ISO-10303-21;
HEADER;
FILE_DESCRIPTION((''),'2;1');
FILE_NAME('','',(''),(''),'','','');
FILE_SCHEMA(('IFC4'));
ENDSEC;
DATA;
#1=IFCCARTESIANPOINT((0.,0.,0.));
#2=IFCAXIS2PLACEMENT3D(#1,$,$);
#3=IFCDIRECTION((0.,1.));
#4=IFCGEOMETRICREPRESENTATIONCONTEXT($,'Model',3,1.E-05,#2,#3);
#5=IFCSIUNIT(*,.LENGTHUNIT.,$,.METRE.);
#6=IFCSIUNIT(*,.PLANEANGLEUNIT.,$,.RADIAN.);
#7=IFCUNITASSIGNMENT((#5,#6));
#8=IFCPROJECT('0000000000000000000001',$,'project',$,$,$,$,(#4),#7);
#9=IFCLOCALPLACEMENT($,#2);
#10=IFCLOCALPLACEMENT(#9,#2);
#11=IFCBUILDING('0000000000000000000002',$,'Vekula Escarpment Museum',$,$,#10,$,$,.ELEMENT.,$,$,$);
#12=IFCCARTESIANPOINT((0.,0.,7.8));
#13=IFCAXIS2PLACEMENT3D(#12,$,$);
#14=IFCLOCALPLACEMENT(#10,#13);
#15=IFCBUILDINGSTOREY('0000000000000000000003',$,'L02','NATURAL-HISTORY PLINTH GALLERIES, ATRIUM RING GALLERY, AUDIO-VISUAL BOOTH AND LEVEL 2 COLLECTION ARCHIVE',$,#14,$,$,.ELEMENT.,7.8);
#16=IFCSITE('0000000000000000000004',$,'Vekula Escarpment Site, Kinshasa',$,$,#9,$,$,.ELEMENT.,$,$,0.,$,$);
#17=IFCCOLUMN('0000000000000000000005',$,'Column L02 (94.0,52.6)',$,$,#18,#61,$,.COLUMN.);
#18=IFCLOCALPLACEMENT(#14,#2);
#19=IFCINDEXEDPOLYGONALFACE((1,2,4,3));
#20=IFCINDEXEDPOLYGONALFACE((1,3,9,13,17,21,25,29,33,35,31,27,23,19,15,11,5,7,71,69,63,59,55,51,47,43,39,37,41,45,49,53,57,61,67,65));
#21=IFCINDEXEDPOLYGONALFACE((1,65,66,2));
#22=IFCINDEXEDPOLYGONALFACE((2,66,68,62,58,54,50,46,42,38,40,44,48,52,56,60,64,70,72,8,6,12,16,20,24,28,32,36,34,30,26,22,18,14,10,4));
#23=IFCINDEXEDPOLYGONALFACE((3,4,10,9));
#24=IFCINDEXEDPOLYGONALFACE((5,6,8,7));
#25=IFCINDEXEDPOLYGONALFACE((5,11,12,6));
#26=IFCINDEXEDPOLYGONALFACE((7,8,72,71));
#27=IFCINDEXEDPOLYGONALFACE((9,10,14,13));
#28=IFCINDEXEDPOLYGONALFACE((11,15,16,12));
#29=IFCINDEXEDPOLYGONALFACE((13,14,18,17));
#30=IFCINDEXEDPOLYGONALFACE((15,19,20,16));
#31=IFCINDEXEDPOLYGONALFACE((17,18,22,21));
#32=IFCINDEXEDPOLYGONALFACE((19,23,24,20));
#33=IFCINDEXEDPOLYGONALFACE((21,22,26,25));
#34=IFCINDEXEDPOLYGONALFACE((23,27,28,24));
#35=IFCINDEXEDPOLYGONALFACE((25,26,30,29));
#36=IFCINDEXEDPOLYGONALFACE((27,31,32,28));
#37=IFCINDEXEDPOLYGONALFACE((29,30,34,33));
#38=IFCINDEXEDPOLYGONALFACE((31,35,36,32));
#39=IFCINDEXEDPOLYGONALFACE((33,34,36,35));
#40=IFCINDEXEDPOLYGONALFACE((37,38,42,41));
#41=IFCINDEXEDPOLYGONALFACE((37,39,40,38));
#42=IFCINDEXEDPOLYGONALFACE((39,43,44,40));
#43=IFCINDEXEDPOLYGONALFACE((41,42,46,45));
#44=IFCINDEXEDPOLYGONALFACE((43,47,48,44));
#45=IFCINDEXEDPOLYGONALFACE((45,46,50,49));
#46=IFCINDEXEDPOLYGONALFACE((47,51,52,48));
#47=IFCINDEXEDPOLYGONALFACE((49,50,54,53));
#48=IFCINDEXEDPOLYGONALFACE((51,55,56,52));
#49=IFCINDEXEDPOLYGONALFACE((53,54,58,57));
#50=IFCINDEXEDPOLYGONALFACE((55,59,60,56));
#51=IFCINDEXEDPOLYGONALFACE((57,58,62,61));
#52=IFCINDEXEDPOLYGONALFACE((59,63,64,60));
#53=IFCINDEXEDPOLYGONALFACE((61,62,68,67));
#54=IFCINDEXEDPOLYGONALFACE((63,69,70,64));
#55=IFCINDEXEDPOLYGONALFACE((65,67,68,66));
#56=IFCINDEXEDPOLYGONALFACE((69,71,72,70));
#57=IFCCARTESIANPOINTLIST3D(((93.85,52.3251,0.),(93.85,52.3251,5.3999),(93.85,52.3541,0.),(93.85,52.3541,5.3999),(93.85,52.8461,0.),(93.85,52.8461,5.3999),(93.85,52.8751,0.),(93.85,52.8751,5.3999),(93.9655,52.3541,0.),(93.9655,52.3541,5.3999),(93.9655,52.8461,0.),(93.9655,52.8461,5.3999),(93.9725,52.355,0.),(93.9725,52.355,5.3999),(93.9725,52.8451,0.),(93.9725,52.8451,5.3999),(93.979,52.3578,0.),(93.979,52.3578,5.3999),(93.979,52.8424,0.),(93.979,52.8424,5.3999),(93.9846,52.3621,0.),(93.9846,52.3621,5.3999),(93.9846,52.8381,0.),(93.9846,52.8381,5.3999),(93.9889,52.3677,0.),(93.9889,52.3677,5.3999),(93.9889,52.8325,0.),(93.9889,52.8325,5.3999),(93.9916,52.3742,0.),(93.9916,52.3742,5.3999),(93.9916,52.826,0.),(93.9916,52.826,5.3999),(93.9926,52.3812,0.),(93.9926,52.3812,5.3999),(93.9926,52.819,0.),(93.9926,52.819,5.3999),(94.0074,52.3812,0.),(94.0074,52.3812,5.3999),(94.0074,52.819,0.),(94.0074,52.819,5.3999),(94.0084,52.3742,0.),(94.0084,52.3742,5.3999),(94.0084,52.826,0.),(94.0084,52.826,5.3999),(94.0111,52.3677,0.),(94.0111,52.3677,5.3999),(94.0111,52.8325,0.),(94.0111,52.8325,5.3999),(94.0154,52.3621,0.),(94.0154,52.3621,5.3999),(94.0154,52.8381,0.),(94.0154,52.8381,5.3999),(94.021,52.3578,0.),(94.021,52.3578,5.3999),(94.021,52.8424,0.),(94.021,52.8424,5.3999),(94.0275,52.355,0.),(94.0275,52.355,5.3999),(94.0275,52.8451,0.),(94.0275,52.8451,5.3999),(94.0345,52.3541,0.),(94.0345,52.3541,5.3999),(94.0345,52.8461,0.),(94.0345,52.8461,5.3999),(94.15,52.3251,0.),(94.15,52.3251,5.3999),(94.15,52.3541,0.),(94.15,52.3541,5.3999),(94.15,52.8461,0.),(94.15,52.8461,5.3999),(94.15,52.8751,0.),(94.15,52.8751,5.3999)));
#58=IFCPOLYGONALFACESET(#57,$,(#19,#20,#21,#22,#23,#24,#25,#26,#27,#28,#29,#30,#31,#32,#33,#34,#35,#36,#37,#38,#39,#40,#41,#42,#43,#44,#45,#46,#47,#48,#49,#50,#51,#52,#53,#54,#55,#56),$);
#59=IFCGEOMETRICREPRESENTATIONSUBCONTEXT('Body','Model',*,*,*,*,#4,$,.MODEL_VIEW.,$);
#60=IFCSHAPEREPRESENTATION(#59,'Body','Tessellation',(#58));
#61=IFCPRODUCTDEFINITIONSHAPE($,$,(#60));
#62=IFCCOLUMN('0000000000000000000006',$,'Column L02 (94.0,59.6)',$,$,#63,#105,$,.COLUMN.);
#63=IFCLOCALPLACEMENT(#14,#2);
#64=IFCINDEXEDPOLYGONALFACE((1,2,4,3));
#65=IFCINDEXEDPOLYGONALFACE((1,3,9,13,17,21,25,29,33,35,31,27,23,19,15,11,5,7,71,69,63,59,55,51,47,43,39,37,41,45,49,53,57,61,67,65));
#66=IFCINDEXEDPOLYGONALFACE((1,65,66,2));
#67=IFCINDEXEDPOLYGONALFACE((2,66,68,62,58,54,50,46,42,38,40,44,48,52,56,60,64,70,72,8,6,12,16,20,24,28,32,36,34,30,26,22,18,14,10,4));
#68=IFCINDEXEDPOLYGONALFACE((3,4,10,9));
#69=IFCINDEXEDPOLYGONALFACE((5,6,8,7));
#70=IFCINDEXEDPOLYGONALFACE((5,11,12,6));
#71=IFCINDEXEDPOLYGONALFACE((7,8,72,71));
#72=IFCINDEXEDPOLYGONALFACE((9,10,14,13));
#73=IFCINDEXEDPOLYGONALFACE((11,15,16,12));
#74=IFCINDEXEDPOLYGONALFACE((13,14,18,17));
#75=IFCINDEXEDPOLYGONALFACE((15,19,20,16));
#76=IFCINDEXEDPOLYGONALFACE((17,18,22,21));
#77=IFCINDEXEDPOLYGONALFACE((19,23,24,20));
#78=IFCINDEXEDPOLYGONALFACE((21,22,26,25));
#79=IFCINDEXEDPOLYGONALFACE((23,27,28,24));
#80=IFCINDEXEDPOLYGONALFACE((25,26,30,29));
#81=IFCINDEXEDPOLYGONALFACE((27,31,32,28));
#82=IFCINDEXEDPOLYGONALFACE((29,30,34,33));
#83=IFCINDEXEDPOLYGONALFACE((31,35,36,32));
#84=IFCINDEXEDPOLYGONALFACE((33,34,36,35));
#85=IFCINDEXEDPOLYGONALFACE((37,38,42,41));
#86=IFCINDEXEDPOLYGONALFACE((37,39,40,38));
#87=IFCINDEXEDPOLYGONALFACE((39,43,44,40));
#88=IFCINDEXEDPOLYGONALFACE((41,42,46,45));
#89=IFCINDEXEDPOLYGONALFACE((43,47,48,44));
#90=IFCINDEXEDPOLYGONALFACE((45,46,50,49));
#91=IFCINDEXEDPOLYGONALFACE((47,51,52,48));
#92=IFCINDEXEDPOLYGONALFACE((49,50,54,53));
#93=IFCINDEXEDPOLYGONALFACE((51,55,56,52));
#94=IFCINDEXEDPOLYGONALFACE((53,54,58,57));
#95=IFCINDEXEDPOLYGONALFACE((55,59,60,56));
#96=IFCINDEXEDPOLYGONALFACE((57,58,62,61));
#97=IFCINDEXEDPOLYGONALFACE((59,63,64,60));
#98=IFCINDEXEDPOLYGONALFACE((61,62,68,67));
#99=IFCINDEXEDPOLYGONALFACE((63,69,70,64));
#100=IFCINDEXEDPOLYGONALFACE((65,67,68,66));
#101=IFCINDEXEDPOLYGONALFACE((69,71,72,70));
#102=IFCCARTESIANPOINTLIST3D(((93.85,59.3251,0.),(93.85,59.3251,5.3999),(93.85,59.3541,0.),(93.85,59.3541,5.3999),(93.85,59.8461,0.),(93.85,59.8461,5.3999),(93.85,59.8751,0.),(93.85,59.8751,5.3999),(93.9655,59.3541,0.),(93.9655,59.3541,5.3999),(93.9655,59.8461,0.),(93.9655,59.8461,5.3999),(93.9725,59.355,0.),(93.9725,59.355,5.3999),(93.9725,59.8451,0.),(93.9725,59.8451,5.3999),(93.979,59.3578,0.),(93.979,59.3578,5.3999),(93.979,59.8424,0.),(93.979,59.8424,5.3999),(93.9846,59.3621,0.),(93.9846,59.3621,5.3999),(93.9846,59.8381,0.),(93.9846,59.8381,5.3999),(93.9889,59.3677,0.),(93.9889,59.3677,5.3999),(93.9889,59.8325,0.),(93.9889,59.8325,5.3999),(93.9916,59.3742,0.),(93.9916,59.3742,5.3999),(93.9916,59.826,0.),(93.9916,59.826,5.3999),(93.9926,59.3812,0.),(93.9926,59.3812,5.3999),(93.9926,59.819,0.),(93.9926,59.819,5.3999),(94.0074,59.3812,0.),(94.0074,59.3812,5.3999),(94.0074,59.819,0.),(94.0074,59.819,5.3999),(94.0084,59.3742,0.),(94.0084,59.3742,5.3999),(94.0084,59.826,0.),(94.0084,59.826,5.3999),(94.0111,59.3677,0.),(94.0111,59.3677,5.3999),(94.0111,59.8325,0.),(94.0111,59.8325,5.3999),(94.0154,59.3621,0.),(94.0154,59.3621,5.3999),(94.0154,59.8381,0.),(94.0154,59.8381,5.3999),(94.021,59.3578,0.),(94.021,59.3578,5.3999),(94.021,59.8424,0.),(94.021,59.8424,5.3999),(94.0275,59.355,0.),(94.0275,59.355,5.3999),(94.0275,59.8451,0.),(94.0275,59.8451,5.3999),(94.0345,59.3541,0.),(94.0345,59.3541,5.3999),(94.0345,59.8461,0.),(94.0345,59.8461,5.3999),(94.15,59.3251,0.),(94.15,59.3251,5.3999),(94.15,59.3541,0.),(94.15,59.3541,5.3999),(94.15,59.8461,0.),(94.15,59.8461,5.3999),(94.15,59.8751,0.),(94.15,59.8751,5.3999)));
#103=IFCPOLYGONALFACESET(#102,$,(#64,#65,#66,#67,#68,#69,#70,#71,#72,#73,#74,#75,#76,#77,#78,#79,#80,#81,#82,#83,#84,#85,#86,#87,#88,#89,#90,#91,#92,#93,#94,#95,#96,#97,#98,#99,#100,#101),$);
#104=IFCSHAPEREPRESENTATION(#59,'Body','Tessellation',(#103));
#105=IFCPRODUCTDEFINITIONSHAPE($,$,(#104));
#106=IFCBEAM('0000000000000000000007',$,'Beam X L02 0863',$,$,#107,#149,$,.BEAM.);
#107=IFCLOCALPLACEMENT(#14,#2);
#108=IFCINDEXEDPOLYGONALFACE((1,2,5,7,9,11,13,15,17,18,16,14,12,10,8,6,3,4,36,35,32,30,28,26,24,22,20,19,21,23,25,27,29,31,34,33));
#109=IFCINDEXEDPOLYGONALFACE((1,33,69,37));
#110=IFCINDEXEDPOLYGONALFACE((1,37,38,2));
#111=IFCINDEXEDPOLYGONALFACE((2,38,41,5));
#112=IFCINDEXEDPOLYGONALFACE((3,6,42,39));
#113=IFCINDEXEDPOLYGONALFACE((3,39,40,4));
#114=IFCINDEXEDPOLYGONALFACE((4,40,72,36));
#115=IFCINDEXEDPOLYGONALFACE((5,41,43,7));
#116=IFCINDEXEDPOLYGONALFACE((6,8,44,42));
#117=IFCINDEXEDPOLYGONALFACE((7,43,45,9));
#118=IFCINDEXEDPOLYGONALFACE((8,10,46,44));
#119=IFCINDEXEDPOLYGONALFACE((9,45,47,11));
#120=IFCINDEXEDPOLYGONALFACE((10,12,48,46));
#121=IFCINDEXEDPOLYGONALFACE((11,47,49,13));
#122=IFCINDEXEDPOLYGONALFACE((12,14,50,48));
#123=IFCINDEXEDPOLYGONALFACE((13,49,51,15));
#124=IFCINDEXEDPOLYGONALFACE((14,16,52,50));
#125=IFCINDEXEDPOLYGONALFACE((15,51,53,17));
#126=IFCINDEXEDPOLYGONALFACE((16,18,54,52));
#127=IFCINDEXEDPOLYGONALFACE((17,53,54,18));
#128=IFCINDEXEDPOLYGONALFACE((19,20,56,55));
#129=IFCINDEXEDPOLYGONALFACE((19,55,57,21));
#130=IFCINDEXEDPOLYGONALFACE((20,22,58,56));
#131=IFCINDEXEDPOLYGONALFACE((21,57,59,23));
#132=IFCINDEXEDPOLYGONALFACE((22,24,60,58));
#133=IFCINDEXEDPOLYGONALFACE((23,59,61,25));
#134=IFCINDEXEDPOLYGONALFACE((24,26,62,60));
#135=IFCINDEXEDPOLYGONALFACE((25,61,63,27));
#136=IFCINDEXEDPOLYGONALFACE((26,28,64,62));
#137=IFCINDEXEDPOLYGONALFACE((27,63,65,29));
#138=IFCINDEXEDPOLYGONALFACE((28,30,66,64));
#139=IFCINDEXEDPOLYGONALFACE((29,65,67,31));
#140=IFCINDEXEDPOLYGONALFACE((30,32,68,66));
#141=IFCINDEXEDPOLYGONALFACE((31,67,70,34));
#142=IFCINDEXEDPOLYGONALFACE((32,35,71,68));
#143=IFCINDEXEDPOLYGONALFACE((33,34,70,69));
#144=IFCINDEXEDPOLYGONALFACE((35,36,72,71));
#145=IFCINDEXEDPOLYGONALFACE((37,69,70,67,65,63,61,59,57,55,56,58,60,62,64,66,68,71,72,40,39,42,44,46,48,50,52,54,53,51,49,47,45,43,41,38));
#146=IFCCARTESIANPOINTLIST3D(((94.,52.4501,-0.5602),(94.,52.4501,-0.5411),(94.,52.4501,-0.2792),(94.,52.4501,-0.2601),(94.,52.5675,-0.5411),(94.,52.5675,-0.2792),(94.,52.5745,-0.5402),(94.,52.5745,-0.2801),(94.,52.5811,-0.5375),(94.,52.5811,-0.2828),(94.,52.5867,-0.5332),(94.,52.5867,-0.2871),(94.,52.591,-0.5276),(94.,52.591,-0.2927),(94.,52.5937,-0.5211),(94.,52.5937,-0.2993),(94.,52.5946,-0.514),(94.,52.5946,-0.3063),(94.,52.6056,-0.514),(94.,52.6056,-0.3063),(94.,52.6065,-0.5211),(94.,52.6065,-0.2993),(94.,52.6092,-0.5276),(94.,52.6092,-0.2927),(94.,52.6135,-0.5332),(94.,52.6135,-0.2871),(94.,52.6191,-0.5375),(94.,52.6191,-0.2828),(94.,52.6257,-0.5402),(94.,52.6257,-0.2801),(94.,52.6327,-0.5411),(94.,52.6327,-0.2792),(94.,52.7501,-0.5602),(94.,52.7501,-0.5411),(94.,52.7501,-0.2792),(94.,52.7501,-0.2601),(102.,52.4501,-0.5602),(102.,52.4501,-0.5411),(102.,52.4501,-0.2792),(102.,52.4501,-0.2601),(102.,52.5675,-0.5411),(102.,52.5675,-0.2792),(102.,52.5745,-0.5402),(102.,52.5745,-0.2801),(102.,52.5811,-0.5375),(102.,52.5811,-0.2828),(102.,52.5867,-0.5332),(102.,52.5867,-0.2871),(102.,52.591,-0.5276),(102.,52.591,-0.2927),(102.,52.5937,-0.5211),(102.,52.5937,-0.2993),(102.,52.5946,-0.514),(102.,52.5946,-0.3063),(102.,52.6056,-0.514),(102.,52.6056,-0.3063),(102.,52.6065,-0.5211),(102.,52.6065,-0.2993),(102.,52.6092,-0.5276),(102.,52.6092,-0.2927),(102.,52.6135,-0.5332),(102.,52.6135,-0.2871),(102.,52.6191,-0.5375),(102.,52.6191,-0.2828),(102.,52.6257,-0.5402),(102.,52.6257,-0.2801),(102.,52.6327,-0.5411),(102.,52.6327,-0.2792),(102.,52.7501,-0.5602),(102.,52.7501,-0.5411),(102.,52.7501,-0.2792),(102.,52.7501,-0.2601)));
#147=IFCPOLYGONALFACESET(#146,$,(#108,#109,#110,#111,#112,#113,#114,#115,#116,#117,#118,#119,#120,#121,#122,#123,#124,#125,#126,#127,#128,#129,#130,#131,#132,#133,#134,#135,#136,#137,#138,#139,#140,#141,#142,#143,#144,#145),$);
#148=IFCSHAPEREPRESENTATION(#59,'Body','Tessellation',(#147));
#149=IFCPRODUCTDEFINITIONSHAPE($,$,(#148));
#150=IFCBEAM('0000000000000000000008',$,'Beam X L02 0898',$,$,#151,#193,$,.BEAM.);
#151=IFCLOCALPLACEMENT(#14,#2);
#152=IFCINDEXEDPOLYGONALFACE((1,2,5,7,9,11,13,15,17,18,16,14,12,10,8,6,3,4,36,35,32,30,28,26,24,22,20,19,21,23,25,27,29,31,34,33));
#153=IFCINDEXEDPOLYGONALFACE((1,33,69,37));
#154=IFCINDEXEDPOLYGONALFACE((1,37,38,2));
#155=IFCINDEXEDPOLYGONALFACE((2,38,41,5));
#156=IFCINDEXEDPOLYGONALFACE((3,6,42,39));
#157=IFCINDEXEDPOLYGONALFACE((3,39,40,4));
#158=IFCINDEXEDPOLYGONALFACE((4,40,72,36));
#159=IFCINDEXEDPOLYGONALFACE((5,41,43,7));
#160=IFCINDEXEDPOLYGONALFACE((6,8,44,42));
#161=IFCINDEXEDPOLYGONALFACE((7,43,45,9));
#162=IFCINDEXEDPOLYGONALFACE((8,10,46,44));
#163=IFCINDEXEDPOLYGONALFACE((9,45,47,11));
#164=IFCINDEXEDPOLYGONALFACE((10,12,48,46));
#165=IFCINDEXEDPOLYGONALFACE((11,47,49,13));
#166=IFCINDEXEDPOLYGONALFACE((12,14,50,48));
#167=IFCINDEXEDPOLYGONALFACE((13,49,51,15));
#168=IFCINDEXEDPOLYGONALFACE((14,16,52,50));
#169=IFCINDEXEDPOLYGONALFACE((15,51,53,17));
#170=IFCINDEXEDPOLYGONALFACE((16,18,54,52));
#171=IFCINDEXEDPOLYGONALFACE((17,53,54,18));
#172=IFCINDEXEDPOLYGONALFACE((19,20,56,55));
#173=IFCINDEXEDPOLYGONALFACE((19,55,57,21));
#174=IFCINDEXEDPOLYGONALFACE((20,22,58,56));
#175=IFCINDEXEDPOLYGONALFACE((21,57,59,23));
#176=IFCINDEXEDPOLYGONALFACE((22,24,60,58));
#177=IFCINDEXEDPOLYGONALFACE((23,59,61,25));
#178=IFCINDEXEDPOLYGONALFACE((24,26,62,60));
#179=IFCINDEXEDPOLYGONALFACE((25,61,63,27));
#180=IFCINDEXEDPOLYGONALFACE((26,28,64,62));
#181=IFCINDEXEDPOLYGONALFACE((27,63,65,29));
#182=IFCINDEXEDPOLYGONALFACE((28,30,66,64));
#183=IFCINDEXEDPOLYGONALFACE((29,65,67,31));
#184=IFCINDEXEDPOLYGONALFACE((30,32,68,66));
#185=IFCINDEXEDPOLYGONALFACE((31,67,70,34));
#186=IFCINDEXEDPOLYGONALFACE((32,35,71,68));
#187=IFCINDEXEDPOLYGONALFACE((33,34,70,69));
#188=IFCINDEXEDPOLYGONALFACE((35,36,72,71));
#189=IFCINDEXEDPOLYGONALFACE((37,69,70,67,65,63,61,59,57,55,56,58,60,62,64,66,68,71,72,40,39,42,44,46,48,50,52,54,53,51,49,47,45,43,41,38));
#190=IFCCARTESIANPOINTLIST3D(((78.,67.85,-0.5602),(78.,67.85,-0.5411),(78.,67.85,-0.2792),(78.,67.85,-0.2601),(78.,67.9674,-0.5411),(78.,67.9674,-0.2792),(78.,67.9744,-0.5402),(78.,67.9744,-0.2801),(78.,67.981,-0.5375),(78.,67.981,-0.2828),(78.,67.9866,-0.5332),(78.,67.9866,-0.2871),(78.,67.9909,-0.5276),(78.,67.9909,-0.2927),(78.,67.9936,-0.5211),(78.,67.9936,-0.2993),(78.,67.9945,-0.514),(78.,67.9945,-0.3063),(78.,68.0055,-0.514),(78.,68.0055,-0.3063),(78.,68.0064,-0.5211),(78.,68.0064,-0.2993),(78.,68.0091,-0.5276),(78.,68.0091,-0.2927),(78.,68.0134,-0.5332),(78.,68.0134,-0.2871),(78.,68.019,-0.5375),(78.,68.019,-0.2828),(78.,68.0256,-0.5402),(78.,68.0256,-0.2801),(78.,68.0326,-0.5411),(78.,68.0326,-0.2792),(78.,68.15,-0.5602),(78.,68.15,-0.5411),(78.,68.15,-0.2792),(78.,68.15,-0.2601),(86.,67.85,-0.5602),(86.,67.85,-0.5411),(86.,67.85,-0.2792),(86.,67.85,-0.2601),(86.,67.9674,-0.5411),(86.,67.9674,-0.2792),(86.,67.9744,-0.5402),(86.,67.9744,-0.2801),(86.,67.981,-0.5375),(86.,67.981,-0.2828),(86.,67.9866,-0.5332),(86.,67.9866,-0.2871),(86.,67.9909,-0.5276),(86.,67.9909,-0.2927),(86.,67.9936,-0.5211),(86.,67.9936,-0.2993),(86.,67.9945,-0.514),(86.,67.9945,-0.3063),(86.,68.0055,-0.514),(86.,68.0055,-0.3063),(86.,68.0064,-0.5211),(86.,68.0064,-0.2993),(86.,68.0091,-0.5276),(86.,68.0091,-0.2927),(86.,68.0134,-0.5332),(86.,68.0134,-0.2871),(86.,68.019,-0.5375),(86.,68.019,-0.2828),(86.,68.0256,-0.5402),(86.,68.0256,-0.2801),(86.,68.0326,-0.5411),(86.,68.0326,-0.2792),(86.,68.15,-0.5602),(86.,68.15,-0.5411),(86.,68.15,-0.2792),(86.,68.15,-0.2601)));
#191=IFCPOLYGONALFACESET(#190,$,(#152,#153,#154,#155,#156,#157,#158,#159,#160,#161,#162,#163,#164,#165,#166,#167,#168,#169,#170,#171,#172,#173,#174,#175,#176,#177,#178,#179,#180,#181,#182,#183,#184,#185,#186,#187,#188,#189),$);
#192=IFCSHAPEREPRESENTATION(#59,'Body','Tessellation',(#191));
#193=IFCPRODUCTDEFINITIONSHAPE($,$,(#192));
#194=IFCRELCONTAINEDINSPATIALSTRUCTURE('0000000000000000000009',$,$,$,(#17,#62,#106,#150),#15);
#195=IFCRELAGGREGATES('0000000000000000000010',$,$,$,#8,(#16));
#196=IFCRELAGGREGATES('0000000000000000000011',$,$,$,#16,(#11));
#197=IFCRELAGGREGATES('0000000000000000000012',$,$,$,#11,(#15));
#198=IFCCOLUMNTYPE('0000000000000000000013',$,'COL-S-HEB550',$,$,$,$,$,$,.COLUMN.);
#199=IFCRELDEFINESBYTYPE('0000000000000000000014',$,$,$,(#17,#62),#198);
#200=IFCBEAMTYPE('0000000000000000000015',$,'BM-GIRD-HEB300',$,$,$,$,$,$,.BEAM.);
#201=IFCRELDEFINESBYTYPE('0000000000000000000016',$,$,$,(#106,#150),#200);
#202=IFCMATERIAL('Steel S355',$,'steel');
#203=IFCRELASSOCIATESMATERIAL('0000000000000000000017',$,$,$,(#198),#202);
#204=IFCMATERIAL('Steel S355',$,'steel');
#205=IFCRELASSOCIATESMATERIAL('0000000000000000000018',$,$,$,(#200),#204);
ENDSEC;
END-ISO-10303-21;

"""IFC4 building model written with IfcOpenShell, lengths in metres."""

from ifc_helpers import new_model, si_unit, direction, frame, origin, origin_2d, place, context, subcontext, project, spatial, i_section, extrude, material, material_profile, profile_set, type_object, element, save


model = new_model("IFC4")

# Units and contexts
model_context = context("Model", 3, precision=1e-05, world=origin(), true_north=direction((0.0, 1.0)))
body_context = subcontext(model_context, "Body", "Model", "MODEL_VIEW")
ifc_project = project(units=[si_unit("LENGTHUNIT", "METRE"), si_unit("PLANEANGLEUNIT", "RADIAN")], contexts=[model_context])

# Site, building, storey
site_placement = place(None, origin())
site = spatial("IfcSite", under=ifc_project, at=site_placement, Name="Vekula Escarpment Site, Kinshasa", CompositionType="ELEMENT", RefElevation=0.0)
building_placement = place(site_placement, origin())
building = spatial("IfcBuilding", under=site, at=building_placement, Name="Vekula Escarpment Museum", CompositionType="ELEMENT")
storey_placement = place(building_placement, frame((0.0, 0.0, 7.8)))
storey = spatial("IfcBuildingStorey", under=building, at=storey_placement, Name="L02", Description="NATURAL-HISTORY PLINTH GALLERIES, ATRIUM RING GALLERY, AUDIO-VISUAL BOOTH AND LEVEL 2 COLLECTION ARCHIVE", CompositionType="ELEMENT", Elevation=7.8)

# Columns
ifc_material_1 = material(Name="Steel S355", Category="steel")
ifc_material_profile_1 = material_profile(ifc_material_1, i_section(OverallWidth=0.3, OverallDepth=0.55, WebThickness=0.0149, FlangeThickness=0.0291, FilletRadius=0.0271, at=origin_2d()), Name="HEB 550")
ifc_profile_set_1 = profile_set([ifc_material_profile_1], Name="Steel S355")
column_type = type_object("IfcColumnType", Name="COL-S-HEB550", PredefinedType="COLUMN", material=ifc_profile_set_1)
for number, where, z_axis, x_axis, name in (
    (1, (94.0, 52.6001, 0.0), (0.0, 0.0, 1.0), (1.0, 0.0, 0.0), "Column L02 (94.0,52.6)"),
    (2, (94.0, 59.6001, 0.0), (0.0, 0.0, 1.0), (1.0, 0.0, 0.0), "Column L02 (94.0,59.6)"),
):
    element("IfcColumn", number, at=place(storey_placement, frame(where, z_axis=z_axis, x_axis=x_axis)), inside=storey, type_object=column_type, Name=name, PredefinedType="COLUMN", context=body_context, shape_type="SweptSolid", body=[
        extrude(i_section(OverallWidth=0.3, OverallDepth=0.55, WebThickness=0.0149, FlangeThickness=0.0291, FilletRadius=0.0271, at=origin_2d()), origin(), (0.0, 0.0, 1.0), 5.3999),
    ])

# Beams
ifc_material_2 = material(Name="Steel S355", Category="steel")
ifc_material_profile_2 = material_profile(ifc_material_2, i_section(OverallWidth=0.3, OverallDepth=0.3, WebThickness=0.011, FlangeThickness=0.019, FilletRadius=0.0271, at=origin_2d()), Name="HEB 300")
ifc_profile_set_2 = profile_set([ifc_material_profile_2], Name="Steel S355")
beam_type_1 = type_object("IfcBeamType", Name="BM-GIRD-HEB300", PredefinedType="BEAM", material=ifc_profile_set_2)
for number, where, z_axis, x_axis, name in (
    (3, (94.0, 52.6001, -0.4102), (1.0, 0.0, 0.0), (0.0, 1.0, 0.0), "Beam X L02 0863"),
    (4, (78.0, 68.0, -0.4102), (1.0, 0.0, 0.0), (0.0, 1.0, 0.0), "Beam X L02 0898"),
):
    element("IfcBeam", number, at=place(storey_placement, frame(where, z_axis=z_axis, x_axis=x_axis)), inside=storey, type_object=beam_type_1, Name=name, PredefinedType="BEAM", context=body_context, shape_type="SweptSolid", body=[
        extrude(i_section(OverallWidth=0.3, OverallDepth=0.3, WebThickness=0.011, FlangeThickness=0.019, FilletRadius=0.0271, at=origin_2d()), origin(), (0.0, 0.0, 1.0), 8.0),
    ])

save(model, "model.ifc")
